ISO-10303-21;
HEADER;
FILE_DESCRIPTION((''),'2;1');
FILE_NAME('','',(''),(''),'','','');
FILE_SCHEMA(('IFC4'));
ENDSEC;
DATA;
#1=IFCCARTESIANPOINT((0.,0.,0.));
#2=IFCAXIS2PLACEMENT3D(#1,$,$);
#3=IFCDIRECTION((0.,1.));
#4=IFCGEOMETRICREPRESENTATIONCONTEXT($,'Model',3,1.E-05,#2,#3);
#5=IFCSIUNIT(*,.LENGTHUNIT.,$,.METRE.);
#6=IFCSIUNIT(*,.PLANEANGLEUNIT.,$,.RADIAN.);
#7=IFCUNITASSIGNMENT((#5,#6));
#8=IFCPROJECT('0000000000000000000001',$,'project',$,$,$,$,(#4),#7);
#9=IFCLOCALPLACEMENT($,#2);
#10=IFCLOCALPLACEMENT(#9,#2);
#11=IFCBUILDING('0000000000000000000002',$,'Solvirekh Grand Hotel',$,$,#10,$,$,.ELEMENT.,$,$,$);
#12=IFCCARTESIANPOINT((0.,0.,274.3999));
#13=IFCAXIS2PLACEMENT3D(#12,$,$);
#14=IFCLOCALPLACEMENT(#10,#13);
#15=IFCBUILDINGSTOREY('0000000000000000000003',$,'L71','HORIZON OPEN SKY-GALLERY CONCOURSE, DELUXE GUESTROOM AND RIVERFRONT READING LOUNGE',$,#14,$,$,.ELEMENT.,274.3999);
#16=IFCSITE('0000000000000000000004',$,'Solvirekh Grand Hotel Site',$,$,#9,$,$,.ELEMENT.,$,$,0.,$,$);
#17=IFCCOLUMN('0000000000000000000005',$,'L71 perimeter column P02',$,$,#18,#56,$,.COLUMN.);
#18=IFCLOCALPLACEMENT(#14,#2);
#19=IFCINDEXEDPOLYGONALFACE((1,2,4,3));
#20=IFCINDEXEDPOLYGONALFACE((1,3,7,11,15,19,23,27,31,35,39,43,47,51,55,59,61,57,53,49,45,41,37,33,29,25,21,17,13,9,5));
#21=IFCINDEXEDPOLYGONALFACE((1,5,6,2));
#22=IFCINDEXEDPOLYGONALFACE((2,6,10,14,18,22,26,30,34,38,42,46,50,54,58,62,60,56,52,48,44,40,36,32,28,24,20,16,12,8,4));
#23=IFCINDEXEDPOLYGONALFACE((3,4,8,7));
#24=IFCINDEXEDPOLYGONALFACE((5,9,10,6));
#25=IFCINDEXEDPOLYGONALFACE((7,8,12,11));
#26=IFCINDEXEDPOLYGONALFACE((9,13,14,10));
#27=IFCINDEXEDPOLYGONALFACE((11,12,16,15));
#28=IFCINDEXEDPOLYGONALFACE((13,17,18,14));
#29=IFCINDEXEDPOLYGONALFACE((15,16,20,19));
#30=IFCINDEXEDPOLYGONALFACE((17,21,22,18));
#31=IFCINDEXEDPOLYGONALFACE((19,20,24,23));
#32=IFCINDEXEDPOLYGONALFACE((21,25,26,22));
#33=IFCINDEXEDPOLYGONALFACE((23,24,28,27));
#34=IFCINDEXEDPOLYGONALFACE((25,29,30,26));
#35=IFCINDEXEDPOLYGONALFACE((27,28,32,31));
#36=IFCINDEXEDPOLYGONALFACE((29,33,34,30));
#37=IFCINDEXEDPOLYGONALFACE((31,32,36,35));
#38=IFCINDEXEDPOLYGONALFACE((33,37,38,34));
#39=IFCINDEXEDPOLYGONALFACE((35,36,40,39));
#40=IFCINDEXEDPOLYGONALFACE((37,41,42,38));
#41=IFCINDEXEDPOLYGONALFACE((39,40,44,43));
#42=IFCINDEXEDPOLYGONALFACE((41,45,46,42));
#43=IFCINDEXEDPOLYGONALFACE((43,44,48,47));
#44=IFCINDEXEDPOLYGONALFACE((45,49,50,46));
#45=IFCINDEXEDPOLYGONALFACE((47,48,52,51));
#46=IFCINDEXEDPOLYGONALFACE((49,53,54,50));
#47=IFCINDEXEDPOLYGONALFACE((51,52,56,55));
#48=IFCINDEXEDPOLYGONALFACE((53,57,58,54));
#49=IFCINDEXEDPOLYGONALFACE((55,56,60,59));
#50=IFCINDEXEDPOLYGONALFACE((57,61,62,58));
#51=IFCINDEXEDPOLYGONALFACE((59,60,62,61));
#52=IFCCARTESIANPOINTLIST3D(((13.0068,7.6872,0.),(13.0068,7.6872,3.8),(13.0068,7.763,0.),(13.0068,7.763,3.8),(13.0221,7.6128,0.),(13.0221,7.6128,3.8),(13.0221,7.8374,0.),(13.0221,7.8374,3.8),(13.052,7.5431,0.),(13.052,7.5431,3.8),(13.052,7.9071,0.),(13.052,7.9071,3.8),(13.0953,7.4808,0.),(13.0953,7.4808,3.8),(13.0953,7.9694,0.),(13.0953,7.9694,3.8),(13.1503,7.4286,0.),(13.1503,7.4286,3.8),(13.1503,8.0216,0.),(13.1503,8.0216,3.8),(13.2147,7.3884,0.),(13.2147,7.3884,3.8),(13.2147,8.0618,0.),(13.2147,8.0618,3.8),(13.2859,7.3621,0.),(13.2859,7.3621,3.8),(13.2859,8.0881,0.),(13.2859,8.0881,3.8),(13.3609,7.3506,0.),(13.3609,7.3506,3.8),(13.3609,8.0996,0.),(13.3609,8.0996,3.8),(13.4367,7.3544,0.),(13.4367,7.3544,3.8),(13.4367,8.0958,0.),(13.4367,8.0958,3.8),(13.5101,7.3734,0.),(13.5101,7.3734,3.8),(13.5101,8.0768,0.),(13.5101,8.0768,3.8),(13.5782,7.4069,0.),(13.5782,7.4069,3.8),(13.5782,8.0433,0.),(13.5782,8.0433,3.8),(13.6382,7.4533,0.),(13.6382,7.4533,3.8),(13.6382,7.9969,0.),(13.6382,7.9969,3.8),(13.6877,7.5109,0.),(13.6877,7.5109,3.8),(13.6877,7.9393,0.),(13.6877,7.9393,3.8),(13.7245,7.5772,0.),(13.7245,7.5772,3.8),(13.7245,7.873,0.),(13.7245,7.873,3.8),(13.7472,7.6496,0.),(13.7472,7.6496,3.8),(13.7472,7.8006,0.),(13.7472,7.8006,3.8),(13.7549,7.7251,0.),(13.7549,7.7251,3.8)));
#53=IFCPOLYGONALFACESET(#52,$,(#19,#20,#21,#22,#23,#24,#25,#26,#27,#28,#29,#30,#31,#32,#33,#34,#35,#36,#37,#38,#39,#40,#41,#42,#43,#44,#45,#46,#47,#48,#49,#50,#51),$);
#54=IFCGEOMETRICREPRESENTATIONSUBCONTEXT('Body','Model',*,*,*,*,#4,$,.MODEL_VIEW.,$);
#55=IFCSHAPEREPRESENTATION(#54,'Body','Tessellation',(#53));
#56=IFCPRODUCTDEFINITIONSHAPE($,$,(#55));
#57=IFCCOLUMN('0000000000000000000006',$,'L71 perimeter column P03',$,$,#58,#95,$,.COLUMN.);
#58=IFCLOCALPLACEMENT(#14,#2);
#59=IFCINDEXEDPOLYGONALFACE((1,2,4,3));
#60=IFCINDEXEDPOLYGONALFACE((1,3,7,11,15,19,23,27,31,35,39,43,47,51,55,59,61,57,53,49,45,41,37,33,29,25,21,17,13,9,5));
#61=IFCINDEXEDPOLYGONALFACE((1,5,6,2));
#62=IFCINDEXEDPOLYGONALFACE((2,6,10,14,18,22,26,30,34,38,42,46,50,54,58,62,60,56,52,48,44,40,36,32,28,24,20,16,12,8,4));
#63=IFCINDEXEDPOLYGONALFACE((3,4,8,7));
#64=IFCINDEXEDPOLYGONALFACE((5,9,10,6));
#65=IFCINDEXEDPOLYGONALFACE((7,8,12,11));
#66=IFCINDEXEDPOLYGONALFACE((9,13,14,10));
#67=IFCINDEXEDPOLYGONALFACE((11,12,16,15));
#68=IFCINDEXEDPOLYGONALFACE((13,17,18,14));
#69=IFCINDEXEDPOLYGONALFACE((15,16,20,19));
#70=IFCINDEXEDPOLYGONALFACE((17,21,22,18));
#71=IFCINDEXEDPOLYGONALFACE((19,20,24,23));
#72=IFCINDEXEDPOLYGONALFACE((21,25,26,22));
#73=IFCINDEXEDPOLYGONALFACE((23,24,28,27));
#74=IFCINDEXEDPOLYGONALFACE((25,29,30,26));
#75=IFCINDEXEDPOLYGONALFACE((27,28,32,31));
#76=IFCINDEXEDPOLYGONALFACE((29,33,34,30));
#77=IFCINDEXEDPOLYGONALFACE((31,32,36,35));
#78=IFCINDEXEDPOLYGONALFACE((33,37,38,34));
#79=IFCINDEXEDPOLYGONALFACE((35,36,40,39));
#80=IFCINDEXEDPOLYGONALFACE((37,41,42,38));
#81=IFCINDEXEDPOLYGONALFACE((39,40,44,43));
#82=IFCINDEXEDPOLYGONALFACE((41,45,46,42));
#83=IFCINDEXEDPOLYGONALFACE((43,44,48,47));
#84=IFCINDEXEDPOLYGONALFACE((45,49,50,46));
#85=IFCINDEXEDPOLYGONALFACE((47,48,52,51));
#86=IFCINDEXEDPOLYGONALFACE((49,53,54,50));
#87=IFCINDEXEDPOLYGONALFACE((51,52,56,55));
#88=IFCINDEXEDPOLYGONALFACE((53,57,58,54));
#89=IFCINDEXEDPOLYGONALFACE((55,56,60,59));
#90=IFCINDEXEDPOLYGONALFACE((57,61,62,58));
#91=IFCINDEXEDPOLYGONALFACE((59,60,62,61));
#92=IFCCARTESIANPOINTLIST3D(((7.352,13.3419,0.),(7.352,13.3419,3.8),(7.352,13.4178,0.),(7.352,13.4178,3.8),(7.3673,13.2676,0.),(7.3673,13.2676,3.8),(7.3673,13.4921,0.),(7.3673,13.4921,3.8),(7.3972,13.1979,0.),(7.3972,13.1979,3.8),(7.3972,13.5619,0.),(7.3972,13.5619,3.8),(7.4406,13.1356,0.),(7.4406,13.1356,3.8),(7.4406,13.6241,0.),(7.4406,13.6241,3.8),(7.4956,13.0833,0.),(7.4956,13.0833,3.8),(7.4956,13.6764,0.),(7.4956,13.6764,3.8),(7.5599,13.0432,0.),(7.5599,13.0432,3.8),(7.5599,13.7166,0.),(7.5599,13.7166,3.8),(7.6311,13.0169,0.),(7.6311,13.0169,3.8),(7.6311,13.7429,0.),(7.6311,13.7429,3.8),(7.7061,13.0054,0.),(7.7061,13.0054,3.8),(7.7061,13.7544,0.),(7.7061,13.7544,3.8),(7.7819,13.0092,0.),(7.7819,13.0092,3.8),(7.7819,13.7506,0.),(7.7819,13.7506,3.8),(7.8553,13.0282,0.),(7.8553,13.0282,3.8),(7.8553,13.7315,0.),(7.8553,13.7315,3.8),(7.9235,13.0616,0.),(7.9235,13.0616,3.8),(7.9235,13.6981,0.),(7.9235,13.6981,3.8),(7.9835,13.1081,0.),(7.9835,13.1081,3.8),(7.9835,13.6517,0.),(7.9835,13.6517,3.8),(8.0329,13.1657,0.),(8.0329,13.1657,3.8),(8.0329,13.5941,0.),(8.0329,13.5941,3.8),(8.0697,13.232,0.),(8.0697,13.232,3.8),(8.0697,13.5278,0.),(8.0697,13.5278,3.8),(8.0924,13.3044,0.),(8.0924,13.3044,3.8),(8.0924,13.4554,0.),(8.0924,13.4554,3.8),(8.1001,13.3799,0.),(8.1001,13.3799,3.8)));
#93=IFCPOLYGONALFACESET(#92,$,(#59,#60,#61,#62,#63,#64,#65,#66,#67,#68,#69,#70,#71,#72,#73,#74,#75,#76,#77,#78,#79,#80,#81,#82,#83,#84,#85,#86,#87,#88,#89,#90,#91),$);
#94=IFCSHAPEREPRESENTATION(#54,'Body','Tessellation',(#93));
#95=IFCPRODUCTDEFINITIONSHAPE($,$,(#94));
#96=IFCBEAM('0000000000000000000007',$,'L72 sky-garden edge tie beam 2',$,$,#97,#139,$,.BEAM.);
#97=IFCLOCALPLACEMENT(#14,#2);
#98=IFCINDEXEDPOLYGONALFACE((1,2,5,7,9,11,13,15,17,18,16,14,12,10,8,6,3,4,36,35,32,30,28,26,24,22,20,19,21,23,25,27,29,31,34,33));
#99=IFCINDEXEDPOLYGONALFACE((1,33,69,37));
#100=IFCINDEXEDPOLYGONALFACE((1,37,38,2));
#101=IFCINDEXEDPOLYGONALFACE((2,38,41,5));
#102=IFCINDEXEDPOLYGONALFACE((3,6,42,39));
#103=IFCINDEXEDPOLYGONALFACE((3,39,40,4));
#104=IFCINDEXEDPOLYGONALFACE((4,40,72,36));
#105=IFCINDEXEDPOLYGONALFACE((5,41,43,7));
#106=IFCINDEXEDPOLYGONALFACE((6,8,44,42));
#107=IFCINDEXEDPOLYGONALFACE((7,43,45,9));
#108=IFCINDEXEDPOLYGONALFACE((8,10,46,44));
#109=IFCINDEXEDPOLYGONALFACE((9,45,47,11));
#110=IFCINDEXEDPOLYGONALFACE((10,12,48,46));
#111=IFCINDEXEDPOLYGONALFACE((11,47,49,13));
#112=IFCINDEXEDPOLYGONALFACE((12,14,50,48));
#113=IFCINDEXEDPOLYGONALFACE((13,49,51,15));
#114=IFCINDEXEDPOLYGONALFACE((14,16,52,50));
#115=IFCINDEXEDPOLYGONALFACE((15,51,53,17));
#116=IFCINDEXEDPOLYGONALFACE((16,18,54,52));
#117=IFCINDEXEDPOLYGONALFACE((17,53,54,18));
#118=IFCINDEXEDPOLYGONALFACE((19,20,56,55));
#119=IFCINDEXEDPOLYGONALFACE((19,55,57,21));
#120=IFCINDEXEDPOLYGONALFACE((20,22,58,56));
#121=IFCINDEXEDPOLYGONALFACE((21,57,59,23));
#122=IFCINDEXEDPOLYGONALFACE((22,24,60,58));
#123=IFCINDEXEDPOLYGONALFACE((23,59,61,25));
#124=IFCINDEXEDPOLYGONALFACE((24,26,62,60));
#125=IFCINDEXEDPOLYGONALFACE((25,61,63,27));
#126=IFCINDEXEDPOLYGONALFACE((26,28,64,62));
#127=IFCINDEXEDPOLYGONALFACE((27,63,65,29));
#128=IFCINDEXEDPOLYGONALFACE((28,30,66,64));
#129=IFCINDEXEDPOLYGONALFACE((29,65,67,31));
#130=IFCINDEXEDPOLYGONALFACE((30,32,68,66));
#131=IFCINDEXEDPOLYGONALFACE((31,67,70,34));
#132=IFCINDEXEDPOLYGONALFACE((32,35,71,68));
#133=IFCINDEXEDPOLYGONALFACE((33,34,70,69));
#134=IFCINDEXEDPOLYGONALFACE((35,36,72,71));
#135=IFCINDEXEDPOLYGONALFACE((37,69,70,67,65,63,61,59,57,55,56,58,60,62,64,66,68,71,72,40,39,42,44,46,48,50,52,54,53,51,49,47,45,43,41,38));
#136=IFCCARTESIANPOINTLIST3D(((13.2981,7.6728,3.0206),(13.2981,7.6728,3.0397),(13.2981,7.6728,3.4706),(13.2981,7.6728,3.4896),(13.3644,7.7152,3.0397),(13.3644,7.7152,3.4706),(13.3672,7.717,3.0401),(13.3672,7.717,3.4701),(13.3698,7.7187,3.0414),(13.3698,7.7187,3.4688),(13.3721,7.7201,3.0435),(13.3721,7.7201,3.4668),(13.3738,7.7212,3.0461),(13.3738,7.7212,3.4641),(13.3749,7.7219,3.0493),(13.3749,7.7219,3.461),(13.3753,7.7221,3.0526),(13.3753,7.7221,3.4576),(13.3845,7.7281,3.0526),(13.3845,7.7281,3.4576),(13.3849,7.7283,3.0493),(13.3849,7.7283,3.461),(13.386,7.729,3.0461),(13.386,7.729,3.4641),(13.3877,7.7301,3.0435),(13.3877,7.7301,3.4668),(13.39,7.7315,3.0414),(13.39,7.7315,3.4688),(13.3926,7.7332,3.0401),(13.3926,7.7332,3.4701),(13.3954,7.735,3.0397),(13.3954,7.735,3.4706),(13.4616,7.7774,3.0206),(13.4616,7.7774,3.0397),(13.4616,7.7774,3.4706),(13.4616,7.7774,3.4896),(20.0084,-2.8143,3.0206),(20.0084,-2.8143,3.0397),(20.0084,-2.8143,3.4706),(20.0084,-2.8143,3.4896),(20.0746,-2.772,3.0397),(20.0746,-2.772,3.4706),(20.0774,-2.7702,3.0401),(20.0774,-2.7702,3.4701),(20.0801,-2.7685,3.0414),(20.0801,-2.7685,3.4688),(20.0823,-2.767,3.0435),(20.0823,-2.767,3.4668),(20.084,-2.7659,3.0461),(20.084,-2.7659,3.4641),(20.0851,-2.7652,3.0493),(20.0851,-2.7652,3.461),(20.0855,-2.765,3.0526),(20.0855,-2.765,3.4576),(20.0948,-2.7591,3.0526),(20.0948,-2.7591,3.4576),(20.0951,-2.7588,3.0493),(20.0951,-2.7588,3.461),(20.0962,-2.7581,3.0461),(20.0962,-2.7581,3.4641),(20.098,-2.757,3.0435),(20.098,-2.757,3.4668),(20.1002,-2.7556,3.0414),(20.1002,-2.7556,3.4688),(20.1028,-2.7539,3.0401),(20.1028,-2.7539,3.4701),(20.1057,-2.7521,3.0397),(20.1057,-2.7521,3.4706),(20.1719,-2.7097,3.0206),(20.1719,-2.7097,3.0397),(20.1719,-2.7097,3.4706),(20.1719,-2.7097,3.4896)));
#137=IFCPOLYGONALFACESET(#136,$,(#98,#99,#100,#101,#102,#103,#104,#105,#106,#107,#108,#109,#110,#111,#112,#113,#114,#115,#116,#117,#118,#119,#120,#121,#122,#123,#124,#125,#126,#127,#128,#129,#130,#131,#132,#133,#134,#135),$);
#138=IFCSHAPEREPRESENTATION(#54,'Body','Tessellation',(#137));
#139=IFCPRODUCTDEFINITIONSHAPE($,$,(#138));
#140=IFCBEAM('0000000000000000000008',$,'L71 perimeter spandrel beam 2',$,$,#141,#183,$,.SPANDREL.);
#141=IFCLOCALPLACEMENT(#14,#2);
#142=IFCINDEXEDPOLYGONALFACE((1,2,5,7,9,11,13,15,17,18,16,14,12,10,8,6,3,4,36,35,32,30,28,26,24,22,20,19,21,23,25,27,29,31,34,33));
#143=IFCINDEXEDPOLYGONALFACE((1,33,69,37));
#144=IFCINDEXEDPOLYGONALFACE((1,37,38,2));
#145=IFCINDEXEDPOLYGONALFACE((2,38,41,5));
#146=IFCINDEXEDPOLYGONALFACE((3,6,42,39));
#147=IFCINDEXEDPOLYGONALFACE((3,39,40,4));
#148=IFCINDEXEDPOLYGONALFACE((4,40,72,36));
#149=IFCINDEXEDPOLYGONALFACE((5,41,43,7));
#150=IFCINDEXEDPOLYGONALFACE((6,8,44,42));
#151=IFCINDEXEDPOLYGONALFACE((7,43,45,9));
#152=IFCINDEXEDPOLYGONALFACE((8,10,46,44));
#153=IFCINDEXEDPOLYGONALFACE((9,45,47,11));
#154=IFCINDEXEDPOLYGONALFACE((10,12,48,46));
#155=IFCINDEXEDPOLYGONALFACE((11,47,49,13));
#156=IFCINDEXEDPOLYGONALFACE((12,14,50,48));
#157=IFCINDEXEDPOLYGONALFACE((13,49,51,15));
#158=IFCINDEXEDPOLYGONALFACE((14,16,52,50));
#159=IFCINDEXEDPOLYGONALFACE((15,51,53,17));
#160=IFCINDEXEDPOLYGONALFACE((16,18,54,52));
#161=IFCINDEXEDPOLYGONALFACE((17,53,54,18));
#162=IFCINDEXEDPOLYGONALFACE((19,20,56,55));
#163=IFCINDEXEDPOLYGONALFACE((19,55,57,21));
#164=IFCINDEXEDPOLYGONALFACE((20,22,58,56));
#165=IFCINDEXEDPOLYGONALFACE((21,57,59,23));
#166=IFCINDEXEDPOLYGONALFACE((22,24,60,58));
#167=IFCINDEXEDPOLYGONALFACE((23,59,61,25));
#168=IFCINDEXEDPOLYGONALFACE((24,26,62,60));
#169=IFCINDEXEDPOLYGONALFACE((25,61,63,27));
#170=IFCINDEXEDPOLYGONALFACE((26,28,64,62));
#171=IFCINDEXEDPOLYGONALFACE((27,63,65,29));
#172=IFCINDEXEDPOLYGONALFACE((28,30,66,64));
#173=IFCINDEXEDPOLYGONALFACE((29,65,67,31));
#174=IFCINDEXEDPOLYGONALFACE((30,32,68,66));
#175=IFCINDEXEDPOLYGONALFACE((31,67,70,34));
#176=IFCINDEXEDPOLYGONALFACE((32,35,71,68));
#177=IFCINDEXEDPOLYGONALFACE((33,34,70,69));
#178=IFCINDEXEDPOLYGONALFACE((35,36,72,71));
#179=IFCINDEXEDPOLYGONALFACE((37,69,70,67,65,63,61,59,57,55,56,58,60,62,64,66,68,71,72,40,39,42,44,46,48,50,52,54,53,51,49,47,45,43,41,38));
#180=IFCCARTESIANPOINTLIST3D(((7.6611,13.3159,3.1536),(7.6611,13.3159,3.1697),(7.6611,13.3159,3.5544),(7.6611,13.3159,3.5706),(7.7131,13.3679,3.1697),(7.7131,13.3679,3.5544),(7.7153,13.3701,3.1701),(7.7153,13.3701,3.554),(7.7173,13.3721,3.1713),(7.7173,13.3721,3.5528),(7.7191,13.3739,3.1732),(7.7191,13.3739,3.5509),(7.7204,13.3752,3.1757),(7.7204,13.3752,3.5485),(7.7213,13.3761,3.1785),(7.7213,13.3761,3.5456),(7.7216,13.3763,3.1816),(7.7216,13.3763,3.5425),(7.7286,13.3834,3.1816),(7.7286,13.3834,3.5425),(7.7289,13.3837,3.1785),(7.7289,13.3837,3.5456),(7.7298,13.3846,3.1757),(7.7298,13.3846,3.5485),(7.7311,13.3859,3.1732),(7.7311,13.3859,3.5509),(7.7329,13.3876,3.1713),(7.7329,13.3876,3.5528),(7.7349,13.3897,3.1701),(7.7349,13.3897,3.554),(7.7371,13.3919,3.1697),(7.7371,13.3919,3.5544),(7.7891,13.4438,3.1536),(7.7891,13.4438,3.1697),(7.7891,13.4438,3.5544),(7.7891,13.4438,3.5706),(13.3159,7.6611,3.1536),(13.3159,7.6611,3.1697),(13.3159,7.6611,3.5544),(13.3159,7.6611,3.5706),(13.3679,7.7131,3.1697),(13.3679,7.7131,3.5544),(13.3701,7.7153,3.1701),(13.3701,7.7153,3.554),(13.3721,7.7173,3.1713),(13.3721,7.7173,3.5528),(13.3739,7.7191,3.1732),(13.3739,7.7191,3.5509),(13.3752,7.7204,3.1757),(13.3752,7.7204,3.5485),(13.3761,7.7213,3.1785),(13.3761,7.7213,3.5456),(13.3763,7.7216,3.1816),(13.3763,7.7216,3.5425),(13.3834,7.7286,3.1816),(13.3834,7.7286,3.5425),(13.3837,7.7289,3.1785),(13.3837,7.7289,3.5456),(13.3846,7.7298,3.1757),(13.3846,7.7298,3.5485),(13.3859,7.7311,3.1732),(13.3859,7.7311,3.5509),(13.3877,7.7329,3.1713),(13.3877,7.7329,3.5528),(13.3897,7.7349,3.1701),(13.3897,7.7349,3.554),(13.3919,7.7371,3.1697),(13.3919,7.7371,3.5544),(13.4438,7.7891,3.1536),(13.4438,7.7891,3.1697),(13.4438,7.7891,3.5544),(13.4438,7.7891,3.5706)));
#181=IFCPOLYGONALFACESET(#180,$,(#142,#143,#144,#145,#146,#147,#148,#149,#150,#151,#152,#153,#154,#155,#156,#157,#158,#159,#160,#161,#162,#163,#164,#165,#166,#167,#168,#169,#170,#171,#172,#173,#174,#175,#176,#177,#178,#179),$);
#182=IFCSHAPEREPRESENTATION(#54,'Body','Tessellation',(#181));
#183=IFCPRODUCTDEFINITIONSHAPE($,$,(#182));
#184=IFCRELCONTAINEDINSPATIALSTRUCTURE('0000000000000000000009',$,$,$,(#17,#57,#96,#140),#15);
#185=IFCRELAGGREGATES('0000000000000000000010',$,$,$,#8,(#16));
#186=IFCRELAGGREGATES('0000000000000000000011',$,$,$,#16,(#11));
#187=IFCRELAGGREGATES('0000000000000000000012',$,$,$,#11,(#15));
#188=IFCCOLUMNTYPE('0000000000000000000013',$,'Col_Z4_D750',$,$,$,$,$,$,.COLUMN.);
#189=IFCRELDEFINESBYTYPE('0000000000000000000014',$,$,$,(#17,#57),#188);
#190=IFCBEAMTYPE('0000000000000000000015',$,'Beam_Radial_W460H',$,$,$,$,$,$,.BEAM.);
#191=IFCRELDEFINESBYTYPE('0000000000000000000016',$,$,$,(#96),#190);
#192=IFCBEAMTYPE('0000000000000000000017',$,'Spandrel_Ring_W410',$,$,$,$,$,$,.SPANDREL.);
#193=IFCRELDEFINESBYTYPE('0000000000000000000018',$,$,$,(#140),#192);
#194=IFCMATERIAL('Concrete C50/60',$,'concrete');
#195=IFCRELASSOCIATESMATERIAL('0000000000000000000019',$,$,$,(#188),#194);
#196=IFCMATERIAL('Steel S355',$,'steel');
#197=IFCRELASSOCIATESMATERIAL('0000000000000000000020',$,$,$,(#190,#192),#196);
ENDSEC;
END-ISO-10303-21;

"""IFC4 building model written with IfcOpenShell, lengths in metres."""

from ifc_helpers import new_model, si_unit, direction, frame, origin, origin_2d, place, context, subcontext, project, spatial, circle, i_section, extrude, material, material_profile, profile_set, type_object, element, save


model = new_model("IFC4")

# Units and contexts
model_context = context("Model", 3, precision=1e-05, world=origin(), true_north=direction((0.0, 1.0)))
body_context = subcontext(model_context, "Body", "Model", "MODEL_VIEW")
ifc_project = project(units=[si_unit("LENGTHUNIT", "METRE"), si_unit("PLANEANGLEUNIT", "RADIAN")], contexts=[model_context])

# Site, building, storey
site_placement = place(None, origin())
site = spatial("IfcSite", under=ifc_project, at=site_placement, Name="Solvirekh Grand Hotel Site", CompositionType="ELEMENT", RefElevation=0.0)
building_placement = place(site_placement, origin())
building = spatial("IfcBuilding", under=site, at=building_placement, Name="Solvirekh Grand Hotel", CompositionType="ELEMENT")
storey_placement = place(building_placement, frame((0.0, 0.0, 274.3999)))
storey = spatial("IfcBuildingStorey", under=building, at=storey_placement, Name="L71", Description="HORIZON OPEN SKY-GALLERY CONCOURSE, DELUXE GUESTROOM AND RIVERFRONT READING LOUNGE", CompositionType="ELEMENT", Elevation=274.3999)

# Columns
ifc_material_1 = material(Name="Concrete C50/60", Category="concrete")
ifc_material_profile_1 = material_profile(ifc_material_1, circle(Radius=0.375, at=origin_2d()), Name="RC CIRC D750")
ifc_profile_set_1 = profile_set([ifc_material_profile_1], Name="Concrete C50/60")
column_type = type_object("IfcColumnType", Name="Col_Z4_D750", PredefinedType="COLUMN", material=ifc_profile_set_1)
for number, where, z_axis, x_axis, name in (
    (1, (13.3799, 7.7251, 0.0), (0.0, 0.0, 1.0), (1.0, 0.0, 0.0), "L71 perimeter column P02"),
    (2, (7.7251, 13.3799, 0.0), (0.0, 0.0, 1.0), (1.0, 0.0, 0.0), "L71 perimeter column P03"),
):
    element("IfcColumn", number, at=place(storey_placement, frame(where, z_axis=z_axis, x_axis=x_axis)), inside=storey, type_object=column_type, Name=name, PredefinedType="COLUMN", context=body_context, shape_type="SweptSolid", body=[
        extrude(circle(Radius=0.375, at=origin_2d()), origin(), (0.0, 0.0, 1.0), 3.8),
    ])

# Beams
ifc_material_2 = material(Name="Steel S355", Category="steel")
ifc_material_profile_2 = material_profile(ifc_material_2, i_section(OverallWidth=0.1941, OverallDepth=0.469, WebThickness=0.011, FlangeThickness=0.019, FilletRadius=0.0129, at=origin_2d()), Name="W460X106")
ifc_profile_set_2 = profile_set([ifc_material_profile_2], Name="Steel S355")
beam_type_1 = type_object("IfcBeamType", Name="Beam_Radial_W460H", PredefinedType="BEAM", material=ifc_profile_set_2)
beam_1_placement = place(storey_placement, frame((13.3799, 7.7251, 3.2551), z_axis=(0.538967, -0.842327, 0.0), x_axis=(0.842327, 0.538967, 0.0)))
element("IfcBeam", 3, at=beam_1_placement, inside=storey, type_object=beam_type_1, Name="L72 sky-garden edge tie beam 2", PredefinedType="BEAM", context=body_context, shape_type="SweptSolid", body=[
    extrude(i_section(OverallWidth=0.1941, OverallDepth=0.469, WebThickness=0.011, FlangeThickness=0.019, FilletRadius=0.0129, at=origin_2d()), origin(), (0.0, 0.0, 1.0), 12.4502),
])
ifc_material_profile_3 = material_profile(ifc_material_2, i_section(OverallWidth=0.1809, OverallDepth=0.417, WebThickness=0.01, FlangeThickness=0.0161, FilletRadius=0.012, at=origin_2d()), Name="W410X85")
ifc_profile_set_3 = profile_set([ifc_material_profile_3], Name="Steel S355")
beam_type_2 = type_object("IfcBeamType", Name="Spandrel_Ring_W410", PredefinedType="SPANDREL", material=ifc_profile_set_3)
beam_2_placement = place(storey_placement, frame((13.3799, 7.7251, 3.3621), z_axis=(-0.707107, 0.707107, 0.0), x_axis=(-0.707107, -0.707107, 0.0)))
element("IfcBeam", 4, at=beam_2_placement, inside=storey, type_object=beam_type_2, Name="L71 perimeter spandrel beam 2", PredefinedType="SPANDREL", context=body_context, shape_type="SweptSolid", body=[
    extrude(i_section(OverallWidth=0.1809, OverallDepth=0.417, WebThickness=0.01, FlangeThickness=0.0161, FilletRadius=0.012, at=origin_2d()), origin(), (0.0, 0.0, 1.0), 7.9971),
])

save(model, "model.ifc")
